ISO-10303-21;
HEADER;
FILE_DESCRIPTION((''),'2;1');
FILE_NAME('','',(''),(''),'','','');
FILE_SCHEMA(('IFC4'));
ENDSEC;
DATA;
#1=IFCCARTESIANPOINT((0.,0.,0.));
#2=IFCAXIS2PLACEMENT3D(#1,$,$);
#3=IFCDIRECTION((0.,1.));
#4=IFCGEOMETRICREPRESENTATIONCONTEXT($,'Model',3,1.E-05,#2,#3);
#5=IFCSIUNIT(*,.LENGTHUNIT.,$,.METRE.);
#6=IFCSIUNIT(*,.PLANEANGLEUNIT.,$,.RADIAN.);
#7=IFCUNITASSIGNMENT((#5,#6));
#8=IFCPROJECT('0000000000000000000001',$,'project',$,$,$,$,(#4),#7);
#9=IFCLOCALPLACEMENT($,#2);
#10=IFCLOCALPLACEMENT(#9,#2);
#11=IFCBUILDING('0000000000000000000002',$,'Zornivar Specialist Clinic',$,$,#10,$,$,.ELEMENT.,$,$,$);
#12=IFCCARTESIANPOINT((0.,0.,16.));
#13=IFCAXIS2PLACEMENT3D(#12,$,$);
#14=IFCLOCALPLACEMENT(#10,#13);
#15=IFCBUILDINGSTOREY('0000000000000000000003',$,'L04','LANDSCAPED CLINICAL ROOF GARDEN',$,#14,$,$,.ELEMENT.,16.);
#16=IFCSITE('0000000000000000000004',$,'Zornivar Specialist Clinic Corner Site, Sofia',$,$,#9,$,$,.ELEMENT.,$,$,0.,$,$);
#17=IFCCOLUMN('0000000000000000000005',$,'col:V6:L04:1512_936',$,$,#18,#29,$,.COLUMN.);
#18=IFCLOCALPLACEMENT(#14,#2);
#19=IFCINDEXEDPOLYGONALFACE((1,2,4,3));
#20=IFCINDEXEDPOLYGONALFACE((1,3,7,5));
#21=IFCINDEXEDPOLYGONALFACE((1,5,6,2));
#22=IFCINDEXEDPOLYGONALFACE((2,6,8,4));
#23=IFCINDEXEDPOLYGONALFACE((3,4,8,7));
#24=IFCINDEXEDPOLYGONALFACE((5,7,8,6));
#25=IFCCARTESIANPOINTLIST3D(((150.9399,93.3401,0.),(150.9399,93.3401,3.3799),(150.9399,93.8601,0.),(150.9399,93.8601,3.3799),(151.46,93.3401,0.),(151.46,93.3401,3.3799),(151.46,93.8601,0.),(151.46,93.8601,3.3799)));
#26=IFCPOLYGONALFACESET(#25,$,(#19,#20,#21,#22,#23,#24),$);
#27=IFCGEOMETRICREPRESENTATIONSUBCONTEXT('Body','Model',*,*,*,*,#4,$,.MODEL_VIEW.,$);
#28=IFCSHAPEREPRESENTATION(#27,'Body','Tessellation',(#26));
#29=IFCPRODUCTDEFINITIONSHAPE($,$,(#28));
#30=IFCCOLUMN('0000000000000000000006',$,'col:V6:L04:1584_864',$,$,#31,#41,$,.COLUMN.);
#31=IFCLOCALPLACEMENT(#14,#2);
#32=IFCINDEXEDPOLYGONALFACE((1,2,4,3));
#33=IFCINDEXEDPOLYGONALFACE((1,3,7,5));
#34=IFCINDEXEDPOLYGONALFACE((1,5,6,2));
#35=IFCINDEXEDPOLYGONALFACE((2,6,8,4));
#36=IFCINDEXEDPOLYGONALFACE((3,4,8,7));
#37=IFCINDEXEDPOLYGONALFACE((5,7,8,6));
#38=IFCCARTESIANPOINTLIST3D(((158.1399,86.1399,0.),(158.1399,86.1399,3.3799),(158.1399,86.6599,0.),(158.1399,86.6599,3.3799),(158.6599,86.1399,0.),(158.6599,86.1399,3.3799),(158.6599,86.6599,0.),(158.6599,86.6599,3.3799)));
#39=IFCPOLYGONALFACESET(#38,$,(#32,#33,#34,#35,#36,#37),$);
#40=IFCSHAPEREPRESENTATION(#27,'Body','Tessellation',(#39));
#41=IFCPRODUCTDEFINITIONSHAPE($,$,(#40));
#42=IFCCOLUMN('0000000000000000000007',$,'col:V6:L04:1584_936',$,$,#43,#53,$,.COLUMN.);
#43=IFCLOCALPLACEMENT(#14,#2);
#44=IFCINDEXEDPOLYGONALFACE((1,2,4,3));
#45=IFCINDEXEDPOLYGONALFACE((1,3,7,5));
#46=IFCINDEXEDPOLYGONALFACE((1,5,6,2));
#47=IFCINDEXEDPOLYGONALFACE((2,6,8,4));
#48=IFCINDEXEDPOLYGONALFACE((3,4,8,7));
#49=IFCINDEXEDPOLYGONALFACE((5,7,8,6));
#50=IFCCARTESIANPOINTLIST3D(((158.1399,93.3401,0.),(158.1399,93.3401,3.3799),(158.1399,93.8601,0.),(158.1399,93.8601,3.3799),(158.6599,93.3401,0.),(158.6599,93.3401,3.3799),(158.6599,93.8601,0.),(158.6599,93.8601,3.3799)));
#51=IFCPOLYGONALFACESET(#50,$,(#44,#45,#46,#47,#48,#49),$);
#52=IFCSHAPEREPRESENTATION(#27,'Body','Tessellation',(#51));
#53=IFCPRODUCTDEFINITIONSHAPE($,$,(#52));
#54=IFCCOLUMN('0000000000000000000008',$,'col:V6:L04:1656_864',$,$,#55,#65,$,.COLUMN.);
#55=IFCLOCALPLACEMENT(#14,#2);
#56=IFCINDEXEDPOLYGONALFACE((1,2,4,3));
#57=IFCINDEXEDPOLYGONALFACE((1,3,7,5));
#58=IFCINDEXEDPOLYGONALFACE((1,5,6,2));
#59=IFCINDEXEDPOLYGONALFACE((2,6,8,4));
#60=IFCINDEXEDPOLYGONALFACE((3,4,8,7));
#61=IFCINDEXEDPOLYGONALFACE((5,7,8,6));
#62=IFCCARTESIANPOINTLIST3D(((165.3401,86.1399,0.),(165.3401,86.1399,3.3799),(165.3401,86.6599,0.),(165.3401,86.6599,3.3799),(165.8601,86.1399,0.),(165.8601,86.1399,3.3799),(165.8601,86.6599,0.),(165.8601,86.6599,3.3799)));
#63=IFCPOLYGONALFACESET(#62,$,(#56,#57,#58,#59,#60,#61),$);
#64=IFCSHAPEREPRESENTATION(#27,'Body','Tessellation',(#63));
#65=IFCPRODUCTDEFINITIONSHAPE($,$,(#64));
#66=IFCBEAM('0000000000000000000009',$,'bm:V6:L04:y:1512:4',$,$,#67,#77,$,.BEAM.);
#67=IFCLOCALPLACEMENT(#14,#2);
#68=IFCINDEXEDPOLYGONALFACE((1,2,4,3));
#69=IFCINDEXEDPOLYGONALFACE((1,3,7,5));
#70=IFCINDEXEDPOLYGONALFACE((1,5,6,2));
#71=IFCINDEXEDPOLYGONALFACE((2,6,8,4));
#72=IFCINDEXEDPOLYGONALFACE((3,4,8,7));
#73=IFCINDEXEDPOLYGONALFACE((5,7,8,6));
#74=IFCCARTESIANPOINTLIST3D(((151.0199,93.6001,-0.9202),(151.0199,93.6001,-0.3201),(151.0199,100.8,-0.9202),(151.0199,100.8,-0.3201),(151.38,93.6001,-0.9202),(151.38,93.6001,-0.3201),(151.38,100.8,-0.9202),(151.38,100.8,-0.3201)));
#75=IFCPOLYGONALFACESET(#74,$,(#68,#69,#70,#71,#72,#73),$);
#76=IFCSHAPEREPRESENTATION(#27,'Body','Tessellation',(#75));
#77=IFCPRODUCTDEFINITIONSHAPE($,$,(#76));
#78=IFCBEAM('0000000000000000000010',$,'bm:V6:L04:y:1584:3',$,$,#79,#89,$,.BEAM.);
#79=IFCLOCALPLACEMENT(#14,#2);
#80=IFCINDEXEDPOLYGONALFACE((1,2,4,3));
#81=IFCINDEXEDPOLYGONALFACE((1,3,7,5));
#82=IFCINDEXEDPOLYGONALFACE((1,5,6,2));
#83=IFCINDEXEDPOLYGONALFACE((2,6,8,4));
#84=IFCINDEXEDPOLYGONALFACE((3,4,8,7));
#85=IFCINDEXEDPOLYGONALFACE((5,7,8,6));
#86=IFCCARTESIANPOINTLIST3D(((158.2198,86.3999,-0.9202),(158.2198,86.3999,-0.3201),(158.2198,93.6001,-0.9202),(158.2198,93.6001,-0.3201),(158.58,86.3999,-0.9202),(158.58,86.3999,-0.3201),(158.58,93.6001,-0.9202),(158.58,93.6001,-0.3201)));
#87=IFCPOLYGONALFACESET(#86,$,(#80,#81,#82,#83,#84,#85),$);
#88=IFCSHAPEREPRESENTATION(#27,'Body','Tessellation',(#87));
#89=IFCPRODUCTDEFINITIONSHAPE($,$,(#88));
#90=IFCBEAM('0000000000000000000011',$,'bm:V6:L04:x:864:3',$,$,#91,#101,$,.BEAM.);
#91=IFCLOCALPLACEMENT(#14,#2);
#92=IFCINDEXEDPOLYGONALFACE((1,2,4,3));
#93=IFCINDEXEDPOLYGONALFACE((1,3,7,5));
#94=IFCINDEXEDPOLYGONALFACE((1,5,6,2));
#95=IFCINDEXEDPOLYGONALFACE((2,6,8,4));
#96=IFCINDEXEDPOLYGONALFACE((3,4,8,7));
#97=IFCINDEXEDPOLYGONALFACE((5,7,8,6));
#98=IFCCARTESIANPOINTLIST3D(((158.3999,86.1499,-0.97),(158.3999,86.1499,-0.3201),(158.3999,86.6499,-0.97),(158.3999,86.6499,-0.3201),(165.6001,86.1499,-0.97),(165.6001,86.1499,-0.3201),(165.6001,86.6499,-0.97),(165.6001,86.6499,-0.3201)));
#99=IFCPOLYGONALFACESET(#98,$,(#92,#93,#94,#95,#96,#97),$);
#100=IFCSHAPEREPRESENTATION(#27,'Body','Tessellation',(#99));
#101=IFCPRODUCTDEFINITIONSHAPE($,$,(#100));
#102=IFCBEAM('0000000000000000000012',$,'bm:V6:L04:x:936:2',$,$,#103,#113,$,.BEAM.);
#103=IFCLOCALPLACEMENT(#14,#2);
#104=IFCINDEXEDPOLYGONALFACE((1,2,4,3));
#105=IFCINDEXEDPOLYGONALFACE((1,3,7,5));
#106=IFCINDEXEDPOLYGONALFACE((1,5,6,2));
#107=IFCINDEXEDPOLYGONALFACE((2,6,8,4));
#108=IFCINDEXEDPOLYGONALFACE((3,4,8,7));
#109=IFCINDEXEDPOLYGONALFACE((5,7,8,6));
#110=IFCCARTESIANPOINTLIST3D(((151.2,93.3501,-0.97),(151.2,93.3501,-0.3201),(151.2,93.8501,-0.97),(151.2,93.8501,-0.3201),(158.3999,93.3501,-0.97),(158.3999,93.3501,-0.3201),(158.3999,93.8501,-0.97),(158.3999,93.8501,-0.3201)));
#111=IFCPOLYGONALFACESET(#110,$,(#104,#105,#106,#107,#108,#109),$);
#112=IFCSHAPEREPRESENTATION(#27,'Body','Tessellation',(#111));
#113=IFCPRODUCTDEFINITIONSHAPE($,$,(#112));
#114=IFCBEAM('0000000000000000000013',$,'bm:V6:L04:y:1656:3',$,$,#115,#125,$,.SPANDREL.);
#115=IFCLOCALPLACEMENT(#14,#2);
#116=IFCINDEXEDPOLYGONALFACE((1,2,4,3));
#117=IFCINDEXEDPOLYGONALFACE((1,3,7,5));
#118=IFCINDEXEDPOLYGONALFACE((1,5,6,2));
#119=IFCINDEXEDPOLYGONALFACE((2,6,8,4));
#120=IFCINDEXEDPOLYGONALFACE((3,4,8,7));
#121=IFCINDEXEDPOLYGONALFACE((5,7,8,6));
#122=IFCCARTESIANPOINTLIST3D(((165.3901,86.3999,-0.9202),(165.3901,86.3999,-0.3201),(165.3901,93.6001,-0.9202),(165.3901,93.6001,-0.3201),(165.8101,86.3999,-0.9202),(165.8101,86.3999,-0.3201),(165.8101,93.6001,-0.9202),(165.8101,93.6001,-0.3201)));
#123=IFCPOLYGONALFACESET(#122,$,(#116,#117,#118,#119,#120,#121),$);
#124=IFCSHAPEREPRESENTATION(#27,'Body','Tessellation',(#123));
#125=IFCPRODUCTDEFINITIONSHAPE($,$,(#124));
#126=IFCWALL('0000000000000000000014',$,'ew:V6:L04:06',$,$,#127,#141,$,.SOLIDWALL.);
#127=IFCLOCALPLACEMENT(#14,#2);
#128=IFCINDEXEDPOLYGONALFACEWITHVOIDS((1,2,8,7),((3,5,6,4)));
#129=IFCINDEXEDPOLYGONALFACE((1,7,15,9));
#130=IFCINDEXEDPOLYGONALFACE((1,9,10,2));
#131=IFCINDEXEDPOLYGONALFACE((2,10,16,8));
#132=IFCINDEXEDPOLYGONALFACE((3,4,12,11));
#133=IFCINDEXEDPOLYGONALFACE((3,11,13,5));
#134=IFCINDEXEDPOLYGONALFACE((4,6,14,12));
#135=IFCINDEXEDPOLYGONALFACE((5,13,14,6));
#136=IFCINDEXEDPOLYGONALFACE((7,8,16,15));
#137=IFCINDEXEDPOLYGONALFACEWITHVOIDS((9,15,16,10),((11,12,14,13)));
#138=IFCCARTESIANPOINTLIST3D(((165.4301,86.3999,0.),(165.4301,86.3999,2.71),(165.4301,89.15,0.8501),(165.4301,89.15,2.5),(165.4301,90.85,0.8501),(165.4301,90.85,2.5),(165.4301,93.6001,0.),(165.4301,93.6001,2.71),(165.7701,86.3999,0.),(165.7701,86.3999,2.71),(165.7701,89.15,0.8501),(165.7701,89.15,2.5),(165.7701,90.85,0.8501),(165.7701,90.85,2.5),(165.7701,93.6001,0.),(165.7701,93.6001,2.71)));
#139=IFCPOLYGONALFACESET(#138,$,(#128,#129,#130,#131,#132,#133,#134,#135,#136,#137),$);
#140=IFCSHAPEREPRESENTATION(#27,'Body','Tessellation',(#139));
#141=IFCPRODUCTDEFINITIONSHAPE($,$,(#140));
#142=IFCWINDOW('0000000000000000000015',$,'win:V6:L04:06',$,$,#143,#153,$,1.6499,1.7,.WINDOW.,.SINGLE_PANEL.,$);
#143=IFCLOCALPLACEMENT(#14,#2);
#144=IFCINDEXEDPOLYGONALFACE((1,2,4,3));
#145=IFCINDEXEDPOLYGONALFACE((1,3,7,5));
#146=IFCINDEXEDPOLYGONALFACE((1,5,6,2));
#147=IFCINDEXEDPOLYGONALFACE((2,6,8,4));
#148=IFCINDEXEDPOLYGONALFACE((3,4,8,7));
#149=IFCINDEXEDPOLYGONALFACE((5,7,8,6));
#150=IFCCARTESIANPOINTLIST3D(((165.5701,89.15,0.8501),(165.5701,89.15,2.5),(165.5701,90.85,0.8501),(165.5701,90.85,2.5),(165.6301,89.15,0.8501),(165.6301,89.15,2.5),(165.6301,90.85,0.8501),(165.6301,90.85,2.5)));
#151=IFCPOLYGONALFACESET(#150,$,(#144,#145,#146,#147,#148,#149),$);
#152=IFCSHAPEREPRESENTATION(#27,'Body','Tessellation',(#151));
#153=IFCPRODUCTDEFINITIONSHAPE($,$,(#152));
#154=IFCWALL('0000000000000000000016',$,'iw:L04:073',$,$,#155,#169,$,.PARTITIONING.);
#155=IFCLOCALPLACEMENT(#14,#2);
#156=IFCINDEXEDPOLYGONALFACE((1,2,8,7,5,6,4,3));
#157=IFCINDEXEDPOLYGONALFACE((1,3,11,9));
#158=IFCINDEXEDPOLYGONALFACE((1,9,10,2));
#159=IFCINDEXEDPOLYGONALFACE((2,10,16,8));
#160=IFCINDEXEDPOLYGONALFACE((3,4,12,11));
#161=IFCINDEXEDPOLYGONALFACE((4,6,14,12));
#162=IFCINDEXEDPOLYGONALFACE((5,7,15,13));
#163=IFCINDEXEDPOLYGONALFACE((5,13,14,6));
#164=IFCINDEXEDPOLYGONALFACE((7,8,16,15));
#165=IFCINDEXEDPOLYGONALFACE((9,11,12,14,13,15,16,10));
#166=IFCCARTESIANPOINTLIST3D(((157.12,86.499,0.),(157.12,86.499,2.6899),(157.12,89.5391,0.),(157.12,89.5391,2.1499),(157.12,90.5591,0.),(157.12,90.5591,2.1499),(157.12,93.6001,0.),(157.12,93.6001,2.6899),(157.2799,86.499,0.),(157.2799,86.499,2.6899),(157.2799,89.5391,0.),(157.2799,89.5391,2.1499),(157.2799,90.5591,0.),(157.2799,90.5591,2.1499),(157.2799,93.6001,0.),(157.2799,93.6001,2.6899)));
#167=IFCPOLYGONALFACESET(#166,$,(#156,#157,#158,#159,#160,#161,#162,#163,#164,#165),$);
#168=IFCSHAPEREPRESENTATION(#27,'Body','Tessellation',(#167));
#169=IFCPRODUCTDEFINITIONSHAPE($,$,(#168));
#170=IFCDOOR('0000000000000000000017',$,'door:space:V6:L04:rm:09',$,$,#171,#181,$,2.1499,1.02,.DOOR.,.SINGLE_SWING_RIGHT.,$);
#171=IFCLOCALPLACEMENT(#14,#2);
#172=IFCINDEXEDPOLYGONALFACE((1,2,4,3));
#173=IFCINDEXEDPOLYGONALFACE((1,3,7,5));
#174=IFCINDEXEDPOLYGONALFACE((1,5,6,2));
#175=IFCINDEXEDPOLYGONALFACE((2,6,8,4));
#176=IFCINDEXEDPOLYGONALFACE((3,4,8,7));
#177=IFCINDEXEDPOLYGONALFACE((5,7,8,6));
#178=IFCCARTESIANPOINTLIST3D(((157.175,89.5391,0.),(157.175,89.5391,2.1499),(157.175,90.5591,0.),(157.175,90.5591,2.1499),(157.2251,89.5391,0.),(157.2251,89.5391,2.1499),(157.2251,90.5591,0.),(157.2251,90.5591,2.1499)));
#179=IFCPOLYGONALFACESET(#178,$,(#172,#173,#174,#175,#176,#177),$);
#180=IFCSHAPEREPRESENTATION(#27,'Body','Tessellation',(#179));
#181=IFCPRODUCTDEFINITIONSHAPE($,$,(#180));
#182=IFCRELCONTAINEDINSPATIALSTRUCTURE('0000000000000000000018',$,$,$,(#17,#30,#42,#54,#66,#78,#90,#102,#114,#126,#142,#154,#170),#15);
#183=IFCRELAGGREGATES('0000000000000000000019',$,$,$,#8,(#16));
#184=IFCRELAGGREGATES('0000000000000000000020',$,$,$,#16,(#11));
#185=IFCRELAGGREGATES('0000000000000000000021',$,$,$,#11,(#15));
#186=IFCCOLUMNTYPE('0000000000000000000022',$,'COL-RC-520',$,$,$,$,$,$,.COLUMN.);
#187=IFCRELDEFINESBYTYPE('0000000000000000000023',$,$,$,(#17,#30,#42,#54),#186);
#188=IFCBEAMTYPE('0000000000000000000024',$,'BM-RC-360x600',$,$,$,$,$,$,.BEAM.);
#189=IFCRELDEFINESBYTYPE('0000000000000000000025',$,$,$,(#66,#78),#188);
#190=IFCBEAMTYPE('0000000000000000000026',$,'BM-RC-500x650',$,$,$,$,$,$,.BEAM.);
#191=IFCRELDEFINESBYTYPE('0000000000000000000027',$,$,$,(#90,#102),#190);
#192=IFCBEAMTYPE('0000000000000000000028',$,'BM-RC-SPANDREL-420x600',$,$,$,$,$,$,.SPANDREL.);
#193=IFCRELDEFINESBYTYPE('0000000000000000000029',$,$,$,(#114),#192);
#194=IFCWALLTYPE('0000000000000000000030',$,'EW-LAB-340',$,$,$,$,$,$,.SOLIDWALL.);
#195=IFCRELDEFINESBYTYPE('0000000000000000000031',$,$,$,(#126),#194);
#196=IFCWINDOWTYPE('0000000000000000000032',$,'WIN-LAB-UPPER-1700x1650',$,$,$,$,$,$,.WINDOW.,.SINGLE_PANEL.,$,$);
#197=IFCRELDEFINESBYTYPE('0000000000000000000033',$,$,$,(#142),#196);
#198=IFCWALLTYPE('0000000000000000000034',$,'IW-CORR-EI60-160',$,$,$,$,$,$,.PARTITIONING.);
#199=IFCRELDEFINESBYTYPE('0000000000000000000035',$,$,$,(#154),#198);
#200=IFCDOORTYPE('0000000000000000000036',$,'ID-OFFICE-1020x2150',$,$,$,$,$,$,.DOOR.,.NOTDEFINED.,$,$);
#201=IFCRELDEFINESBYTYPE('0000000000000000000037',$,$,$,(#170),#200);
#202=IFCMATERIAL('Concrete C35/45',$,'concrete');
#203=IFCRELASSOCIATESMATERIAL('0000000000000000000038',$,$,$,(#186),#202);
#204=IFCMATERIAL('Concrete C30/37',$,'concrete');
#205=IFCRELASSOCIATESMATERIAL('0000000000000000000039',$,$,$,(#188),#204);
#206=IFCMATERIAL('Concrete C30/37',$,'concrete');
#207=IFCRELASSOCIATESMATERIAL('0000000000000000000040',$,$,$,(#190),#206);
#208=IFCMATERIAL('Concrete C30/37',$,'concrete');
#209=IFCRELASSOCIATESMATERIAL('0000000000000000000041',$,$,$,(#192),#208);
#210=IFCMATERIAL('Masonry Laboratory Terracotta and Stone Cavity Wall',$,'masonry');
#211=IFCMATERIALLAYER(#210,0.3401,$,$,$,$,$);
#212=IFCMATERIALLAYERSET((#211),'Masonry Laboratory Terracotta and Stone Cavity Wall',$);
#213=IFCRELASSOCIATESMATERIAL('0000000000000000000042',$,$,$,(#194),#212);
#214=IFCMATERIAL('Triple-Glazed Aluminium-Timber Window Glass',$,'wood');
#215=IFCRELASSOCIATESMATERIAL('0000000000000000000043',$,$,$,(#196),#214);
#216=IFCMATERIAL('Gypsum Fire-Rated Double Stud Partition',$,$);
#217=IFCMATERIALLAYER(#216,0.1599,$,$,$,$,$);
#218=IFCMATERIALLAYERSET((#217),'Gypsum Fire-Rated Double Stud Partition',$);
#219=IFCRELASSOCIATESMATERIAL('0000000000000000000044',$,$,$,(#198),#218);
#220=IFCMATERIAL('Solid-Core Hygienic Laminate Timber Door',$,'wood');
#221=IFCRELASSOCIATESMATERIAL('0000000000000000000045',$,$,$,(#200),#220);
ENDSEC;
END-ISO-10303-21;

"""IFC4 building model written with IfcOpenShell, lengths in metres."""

from ifc_helpers import new_model, si_unit, direction, frame, frame_2d, origin, origin_2d, place, context, subcontext, project, spatial, rectangle, extrude, material, layer, layer_set, material_profile, profile_set, type_object, element, fill, save


model = new_model("IFC4")

# Units and contexts
model_context = context("Model", 3, precision=1e-05, world=origin(), true_north=direction((0.0, 1.0)))
body_context = subcontext(model_context, "Body", "Model", "MODEL_VIEW")
ifc_project = project(units=[si_unit("LENGTHUNIT", "METRE"), si_unit("PLANEANGLEUNIT", "RADIAN")], contexts=[model_context])

# Site, building, storey
site_placement = place(None, origin())
site = spatial("IfcSite", under=ifc_project, at=site_placement, Name="Zornivar Specialist Clinic Corner Site, Sofia", CompositionType="ELEMENT", RefElevation=0.0)
building_placement = place(site_placement, origin())
building = spatial("IfcBuilding", under=site, at=building_placement, Name="Zornivar Specialist Clinic", CompositionType="ELEMENT")
storey_placement = place(building_placement, frame((0.0, 0.0, 16.0)))
storey = spatial("IfcBuildingStorey", under=building, at=storey_placement, Name="L04", Description="LANDSCAPED CLINICAL ROOF GARDEN", CompositionType="ELEMENT", Elevation=16.0)

# Columns
ifc_material_1 = material(Name="Concrete C35/45", Category="concrete")
ifc_material_profile_1 = material_profile(ifc_material_1, rectangle(XDim=0.52, YDim=0.52, at=origin_2d()), Name="RC 520x520")
ifc_profile_set_1 = profile_set([ifc_material_profile_1], Name="Concrete C35/45")
column_type = type_object("IfcColumnType", Name="COL-RC-520", PredefinedType="COLUMN", material=ifc_profile_set_1)
for number, where, z_axis, x_axis, name in (
    (1, (151.2, 93.6001, 0.0), (0.0, 0.0, 1.0), (1.0, 0.0, 0.0), "col:V6:L04:1512_936"),
    (2, (158.3999, 86.3999, 0.0), (0.0, 0.0, 1.0), (1.0, 0.0, 0.0), "col:V6:L04:1584_864"),
    (3, (158.3999, 93.6001, 0.0), (0.0, 0.0, 1.0), (1.0, 0.0, 0.0), "col:V6:L04:1584_936"),
    (4, (165.6001, 86.3999, 0.0), (0.0, 0.0, 1.0), (1.0, 0.0, 0.0), "col:V6:L04:1656_864"),
):
    element("IfcColumn", number, at=place(storey_placement, frame(where, z_axis=z_axis, x_axis=x_axis)), inside=storey, type_object=column_type, Name=name, PredefinedType="COLUMN", context=body_context, shape_type="SweptSolid", body=[
        extrude(rectangle(XDim=0.52, YDim=0.52, at=origin_2d()), origin(), (0.0, 0.0, 1.0), 3.3799),
    ])

# Beams
ifc_material_2 = material(Name="Concrete C30/37", Category="concrete")
ifc_material_profile_2 = material_profile(ifc_material_2, rectangle(XDim=0.3601, YDim=0.6001, at=origin_2d()), Name="RC 360x600")
ifc_profile_set_2 = profile_set([ifc_material_profile_2], Name="Concrete C30/37")
beam_type_1 = type_object("IfcBeamType", Name="BM-RC-360x600", PredefinedType="BEAM", material=ifc_profile_set_2)
beam_1_placement = place(storey_placement, frame((151.2, 93.6001, -0.6201), z_axis=(0.0, 1.0, 0.0), x_axis=(-1.0, 0.0, 0.0)))
element("IfcBeam", 5, at=beam_1_placement, inside=storey, type_object=beam_type_1, Name="bm:V6:L04:y:1512:4", PredefinedType="BEAM", context=body_context, shape_type="SweptSolid", body=[
    extrude(rectangle(XDim=0.3601, YDim=0.6001, at=origin_2d()), origin(), (0.0, 0.0, 1.0), 7.2),
])
beam_2_placement = place(storey_placement, frame((158.3999, 86.3999, -0.6201), z_axis=(0.0, 1.0, 0.0), x_axis=(-1.0, 0.0, 0.0)))
element("IfcBeam", 6, at=beam_2_placement, inside=storey, type_object=beam_type_1, Name="bm:V6:L04:y:1584:3", PredefinedType="BEAM", context=body_context, shape_type="SweptSolid", body=[
    extrude(rectangle(XDim=0.3601, YDim=0.6001, at=origin_2d()), origin(), (0.0, 0.0, 1.0), 7.2002),
])
ifc_material_3 = material(Name="Concrete C30/37", Category="concrete")
ifc_material_profile_3 = material_profile(ifc_material_3, rectangle(XDim=0.5, YDim=0.6499, at=origin_2d()), Name="RC 500x650")
ifc_profile_set_3 = profile_set([ifc_material_profile_3], Name="Concrete C30/37")
beam_type_2 = type_object("IfcBeamType", Name="BM-RC-500x650", PredefinedType="BEAM", material=ifc_profile_set_3)
beam_3_placement = place(storey_placement, frame((158.3999, 86.3999, -0.645), z_axis=(1.0, 0.0, 0.0), x_axis=(0.0, 1.0, 0.0)))
element("IfcBeam", 7, at=beam_3_placement, inside=storey, type_object=beam_type_2, Name="bm:V6:L04:x:864:3", PredefinedType="BEAM", context=body_context, shape_type="SweptSolid", body=[
    extrude(rectangle(XDim=0.5, YDim=0.6499, at=origin_2d()), origin(), (0.0, 0.0, 1.0), 7.2002),
])
beam_4_placement = place(storey_placement, frame((151.2, 93.6001, -0.645), z_axis=(1.0, 0.0, 0.0), x_axis=(0.0, 1.0, 0.0)))
element("IfcBeam", 8, at=beam_4_placement, inside=storey, type_object=beam_type_2, Name="bm:V6:L04:x:936:2", PredefinedType="BEAM", context=body_context, shape_type="SweptSolid", body=[
    extrude(rectangle(XDim=0.5, YDim=0.6499, at=origin_2d()), origin(), (0.0, 0.0, 1.0), 7.2),
])
ifc_material_4 = material(Name="Concrete C30/37", Category="concrete")
ifc_material_profile_4 = material_profile(ifc_material_4, rectangle(XDim=0.4199, YDim=0.6001, at=origin_2d()), Name="RC 420x600")
ifc_profile_set_4 = profile_set([ifc_material_profile_4], Name="Concrete C30/37")
beam_type_3 = type_object("IfcBeamType", Name="BM-RC-SPANDREL-420x600", PredefinedType="SPANDREL", material=ifc_profile_set_4)
beam_5_placement = place(storey_placement, frame((165.6001, 86.3999, -0.6201), z_axis=(0.0, 1.0, 0.0), x_axis=(-1.0, 0.0, 0.0)))
element("IfcBeam", 9, at=beam_5_placement, inside=storey, type_object=beam_type_3, Name="bm:V6:L04:y:1656:3", PredefinedType="SPANDREL", context=body_context, shape_type="SweptSolid", body=[
    extrude(rectangle(XDim=0.4199, YDim=0.6001, at=origin_2d()), origin(), (0.0, 0.0, 1.0), 7.2002),
])

# Wall, opening, window
ifc_material_5 = material(Name="Masonry Laboratory Terracotta and Stone Cavity Wall", Category="masonry")
ifc_layer_1 = layer(ifc_material_5, 0.3401)
ifc_layer_set_1 = layer_set([ifc_layer_1], Name="Masonry Laboratory Terracotta and Stone Cavity Wall")
wall_type_1 = type_object("IfcWallType", Name="EW-LAB-340", PredefinedType="SOLIDWALL", material=ifc_layer_set_1)
wall_1_placement = place(storey_placement, frame((165.6001, 86.3999, 0.0), z_axis=(0.0, 0.0, 1.0), x_axis=(0.0, 1.0, 0.0)))
wall_1 = element("IfcWall", 10, at=wall_1_placement, inside=storey, type_object=wall_type_1, Name="ew:V6:L04:06", PredefinedType="SOLIDWALL", context=body_context, shape_type="SweptSolid", body=[
    extrude(rectangle(XDim=7.2002, YDim=0.3401, at=frame_2d((3.6001, 0.0))), origin(), (0.0, 0.0, 1.0), 2.71),
])
opening_1_placement = place(wall_1_placement, frame((2.75, 0.0, 0.8501)))
opening_1 = element("IfcOpeningElement", 11, at=opening_1_placement, cuts=wall_1, PredefinedType="OPENING", context=body_context, shape_type="SweptSolid", body=[
    extrude(rectangle(XDim=1.7, YDim=1.6499, at=frame_2d((0.8501, 0.825))), frame((0.0, 0.1799, 0.0), z_axis=(0.0, -1.0, 0.0), x_axis=(1.0, 0.0, 0.0)), (0.0, 0.0, 1.0), 0.3601),
])
ifc_material_6 = material(Name="Triple-Glazed Aluminium-Timber Window Glass", Category="wood")
window_type = type_object("IfcWindowType", Name="WIN-LAB-UPPER-1700x1650", PartitioningType="SINGLE_PANEL", PredefinedType="WINDOW", material=ifc_material_6)
window_placement = place(opening_1_placement, origin())
window = element("IfcWindow", 12, at=window_placement, inside=storey, type_object=window_type, Name="win:V6:L04:06", OverallHeight=1.6499, OverallWidth=1.7, PartitioningType="SINGLE_PANEL", PredefinedType="WINDOW", context=body_context, shape_type="SweptSolid", body=[
    extrude(rectangle(XDim=1.7, YDim=1.6499, at=frame_2d((0.8501, 0.825))), frame((0.0, 0.03, 0.0), z_axis=(0.0, -1.0, 0.0), x_axis=(1.0, 0.0, 0.0)), (0.0, 0.0, 1.0), 0.0601),
])
fill(opening_1, window)

# Wall, opening, door
ifc_material_7 = material(Name="Gypsum Fire-Rated Double Stud Partition")
ifc_layer_2 = layer(ifc_material_7, 0.1599)
ifc_layer_set_2 = layer_set([ifc_layer_2], Name="Gypsum Fire-Rated Double Stud Partition")
wall_type_2 = type_object("IfcWallType", Name="IW-CORR-EI60-160", PredefinedType="PARTITIONING", material=ifc_layer_set_2)
wall_2_placement = place(storey_placement, frame((157.2, 86.499, 0.0), z_axis=(0.0, 0.0, 1.0), x_axis=(0.0, 1.0, 0.0)))
wall_2 = element("IfcWall", 13, at=wall_2_placement, inside=storey, type_object=wall_type_2, Name="iw:L04:073", PredefinedType="PARTITIONING", context=body_context, shape_type="SweptSolid", body=[
    extrude(rectangle(XDim=7.1011, YDim=0.1599, at=frame_2d((3.5505, 0.0))), origin(), (0.0, 0.0, 1.0), 2.6899),
])
opening_2_placement = place(wall_2_placement, frame((3.04, 0.0, 0.0)))
opening_2 = element("IfcOpeningElement", 14, at=opening_2_placement, cuts=wall_2, PredefinedType="OPENING", context=body_context, shape_type="SweptSolid", body=[
    extrude(rectangle(XDim=1.02, YDim=2.1499, at=frame_2d((0.51, 1.075))), frame((0.0, 0.0898, 0.0), z_axis=(0.0, -1.0, 0.0), x_axis=(1.0, 0.0, 0.0)), (0.0, 0.0, 1.0), 0.1799),
])
ifc_material_8 = material(Name="Solid-Core Hygienic Laminate Timber Door", Category="wood")
door_type_1 = type_object("IfcDoorType", Name="ID-OFFICE-1020x2150", OperationType="NOTDEFINED", PredefinedType="DOOR", material=ifc_material_8)
door_1_placement = place(opening_2_placement, origin())
door_1 = element("IfcDoor", 15, at=door_1_placement, inside=storey, type_object=door_type_1, Name="door:space:V6:L04:rm:09", OperationType="SINGLE_SWING_RIGHT", OverallHeight=2.1499, OverallWidth=1.02, PredefinedType="DOOR", context=body_context, shape_type="SweptSolid", body=[
    extrude(rectangle(XDim=1.02, YDim=2.1499, at=frame_2d((0.51, 1.075))), frame((0.0, 0.0249, 0.0), z_axis=(0.0, -1.0, 0.0), x_axis=(1.0, 0.0, 0.0)), (0.0, 0.0, 1.0), 0.05),
])
fill(opening_2, door_1)

save(model, "model.ifc")
